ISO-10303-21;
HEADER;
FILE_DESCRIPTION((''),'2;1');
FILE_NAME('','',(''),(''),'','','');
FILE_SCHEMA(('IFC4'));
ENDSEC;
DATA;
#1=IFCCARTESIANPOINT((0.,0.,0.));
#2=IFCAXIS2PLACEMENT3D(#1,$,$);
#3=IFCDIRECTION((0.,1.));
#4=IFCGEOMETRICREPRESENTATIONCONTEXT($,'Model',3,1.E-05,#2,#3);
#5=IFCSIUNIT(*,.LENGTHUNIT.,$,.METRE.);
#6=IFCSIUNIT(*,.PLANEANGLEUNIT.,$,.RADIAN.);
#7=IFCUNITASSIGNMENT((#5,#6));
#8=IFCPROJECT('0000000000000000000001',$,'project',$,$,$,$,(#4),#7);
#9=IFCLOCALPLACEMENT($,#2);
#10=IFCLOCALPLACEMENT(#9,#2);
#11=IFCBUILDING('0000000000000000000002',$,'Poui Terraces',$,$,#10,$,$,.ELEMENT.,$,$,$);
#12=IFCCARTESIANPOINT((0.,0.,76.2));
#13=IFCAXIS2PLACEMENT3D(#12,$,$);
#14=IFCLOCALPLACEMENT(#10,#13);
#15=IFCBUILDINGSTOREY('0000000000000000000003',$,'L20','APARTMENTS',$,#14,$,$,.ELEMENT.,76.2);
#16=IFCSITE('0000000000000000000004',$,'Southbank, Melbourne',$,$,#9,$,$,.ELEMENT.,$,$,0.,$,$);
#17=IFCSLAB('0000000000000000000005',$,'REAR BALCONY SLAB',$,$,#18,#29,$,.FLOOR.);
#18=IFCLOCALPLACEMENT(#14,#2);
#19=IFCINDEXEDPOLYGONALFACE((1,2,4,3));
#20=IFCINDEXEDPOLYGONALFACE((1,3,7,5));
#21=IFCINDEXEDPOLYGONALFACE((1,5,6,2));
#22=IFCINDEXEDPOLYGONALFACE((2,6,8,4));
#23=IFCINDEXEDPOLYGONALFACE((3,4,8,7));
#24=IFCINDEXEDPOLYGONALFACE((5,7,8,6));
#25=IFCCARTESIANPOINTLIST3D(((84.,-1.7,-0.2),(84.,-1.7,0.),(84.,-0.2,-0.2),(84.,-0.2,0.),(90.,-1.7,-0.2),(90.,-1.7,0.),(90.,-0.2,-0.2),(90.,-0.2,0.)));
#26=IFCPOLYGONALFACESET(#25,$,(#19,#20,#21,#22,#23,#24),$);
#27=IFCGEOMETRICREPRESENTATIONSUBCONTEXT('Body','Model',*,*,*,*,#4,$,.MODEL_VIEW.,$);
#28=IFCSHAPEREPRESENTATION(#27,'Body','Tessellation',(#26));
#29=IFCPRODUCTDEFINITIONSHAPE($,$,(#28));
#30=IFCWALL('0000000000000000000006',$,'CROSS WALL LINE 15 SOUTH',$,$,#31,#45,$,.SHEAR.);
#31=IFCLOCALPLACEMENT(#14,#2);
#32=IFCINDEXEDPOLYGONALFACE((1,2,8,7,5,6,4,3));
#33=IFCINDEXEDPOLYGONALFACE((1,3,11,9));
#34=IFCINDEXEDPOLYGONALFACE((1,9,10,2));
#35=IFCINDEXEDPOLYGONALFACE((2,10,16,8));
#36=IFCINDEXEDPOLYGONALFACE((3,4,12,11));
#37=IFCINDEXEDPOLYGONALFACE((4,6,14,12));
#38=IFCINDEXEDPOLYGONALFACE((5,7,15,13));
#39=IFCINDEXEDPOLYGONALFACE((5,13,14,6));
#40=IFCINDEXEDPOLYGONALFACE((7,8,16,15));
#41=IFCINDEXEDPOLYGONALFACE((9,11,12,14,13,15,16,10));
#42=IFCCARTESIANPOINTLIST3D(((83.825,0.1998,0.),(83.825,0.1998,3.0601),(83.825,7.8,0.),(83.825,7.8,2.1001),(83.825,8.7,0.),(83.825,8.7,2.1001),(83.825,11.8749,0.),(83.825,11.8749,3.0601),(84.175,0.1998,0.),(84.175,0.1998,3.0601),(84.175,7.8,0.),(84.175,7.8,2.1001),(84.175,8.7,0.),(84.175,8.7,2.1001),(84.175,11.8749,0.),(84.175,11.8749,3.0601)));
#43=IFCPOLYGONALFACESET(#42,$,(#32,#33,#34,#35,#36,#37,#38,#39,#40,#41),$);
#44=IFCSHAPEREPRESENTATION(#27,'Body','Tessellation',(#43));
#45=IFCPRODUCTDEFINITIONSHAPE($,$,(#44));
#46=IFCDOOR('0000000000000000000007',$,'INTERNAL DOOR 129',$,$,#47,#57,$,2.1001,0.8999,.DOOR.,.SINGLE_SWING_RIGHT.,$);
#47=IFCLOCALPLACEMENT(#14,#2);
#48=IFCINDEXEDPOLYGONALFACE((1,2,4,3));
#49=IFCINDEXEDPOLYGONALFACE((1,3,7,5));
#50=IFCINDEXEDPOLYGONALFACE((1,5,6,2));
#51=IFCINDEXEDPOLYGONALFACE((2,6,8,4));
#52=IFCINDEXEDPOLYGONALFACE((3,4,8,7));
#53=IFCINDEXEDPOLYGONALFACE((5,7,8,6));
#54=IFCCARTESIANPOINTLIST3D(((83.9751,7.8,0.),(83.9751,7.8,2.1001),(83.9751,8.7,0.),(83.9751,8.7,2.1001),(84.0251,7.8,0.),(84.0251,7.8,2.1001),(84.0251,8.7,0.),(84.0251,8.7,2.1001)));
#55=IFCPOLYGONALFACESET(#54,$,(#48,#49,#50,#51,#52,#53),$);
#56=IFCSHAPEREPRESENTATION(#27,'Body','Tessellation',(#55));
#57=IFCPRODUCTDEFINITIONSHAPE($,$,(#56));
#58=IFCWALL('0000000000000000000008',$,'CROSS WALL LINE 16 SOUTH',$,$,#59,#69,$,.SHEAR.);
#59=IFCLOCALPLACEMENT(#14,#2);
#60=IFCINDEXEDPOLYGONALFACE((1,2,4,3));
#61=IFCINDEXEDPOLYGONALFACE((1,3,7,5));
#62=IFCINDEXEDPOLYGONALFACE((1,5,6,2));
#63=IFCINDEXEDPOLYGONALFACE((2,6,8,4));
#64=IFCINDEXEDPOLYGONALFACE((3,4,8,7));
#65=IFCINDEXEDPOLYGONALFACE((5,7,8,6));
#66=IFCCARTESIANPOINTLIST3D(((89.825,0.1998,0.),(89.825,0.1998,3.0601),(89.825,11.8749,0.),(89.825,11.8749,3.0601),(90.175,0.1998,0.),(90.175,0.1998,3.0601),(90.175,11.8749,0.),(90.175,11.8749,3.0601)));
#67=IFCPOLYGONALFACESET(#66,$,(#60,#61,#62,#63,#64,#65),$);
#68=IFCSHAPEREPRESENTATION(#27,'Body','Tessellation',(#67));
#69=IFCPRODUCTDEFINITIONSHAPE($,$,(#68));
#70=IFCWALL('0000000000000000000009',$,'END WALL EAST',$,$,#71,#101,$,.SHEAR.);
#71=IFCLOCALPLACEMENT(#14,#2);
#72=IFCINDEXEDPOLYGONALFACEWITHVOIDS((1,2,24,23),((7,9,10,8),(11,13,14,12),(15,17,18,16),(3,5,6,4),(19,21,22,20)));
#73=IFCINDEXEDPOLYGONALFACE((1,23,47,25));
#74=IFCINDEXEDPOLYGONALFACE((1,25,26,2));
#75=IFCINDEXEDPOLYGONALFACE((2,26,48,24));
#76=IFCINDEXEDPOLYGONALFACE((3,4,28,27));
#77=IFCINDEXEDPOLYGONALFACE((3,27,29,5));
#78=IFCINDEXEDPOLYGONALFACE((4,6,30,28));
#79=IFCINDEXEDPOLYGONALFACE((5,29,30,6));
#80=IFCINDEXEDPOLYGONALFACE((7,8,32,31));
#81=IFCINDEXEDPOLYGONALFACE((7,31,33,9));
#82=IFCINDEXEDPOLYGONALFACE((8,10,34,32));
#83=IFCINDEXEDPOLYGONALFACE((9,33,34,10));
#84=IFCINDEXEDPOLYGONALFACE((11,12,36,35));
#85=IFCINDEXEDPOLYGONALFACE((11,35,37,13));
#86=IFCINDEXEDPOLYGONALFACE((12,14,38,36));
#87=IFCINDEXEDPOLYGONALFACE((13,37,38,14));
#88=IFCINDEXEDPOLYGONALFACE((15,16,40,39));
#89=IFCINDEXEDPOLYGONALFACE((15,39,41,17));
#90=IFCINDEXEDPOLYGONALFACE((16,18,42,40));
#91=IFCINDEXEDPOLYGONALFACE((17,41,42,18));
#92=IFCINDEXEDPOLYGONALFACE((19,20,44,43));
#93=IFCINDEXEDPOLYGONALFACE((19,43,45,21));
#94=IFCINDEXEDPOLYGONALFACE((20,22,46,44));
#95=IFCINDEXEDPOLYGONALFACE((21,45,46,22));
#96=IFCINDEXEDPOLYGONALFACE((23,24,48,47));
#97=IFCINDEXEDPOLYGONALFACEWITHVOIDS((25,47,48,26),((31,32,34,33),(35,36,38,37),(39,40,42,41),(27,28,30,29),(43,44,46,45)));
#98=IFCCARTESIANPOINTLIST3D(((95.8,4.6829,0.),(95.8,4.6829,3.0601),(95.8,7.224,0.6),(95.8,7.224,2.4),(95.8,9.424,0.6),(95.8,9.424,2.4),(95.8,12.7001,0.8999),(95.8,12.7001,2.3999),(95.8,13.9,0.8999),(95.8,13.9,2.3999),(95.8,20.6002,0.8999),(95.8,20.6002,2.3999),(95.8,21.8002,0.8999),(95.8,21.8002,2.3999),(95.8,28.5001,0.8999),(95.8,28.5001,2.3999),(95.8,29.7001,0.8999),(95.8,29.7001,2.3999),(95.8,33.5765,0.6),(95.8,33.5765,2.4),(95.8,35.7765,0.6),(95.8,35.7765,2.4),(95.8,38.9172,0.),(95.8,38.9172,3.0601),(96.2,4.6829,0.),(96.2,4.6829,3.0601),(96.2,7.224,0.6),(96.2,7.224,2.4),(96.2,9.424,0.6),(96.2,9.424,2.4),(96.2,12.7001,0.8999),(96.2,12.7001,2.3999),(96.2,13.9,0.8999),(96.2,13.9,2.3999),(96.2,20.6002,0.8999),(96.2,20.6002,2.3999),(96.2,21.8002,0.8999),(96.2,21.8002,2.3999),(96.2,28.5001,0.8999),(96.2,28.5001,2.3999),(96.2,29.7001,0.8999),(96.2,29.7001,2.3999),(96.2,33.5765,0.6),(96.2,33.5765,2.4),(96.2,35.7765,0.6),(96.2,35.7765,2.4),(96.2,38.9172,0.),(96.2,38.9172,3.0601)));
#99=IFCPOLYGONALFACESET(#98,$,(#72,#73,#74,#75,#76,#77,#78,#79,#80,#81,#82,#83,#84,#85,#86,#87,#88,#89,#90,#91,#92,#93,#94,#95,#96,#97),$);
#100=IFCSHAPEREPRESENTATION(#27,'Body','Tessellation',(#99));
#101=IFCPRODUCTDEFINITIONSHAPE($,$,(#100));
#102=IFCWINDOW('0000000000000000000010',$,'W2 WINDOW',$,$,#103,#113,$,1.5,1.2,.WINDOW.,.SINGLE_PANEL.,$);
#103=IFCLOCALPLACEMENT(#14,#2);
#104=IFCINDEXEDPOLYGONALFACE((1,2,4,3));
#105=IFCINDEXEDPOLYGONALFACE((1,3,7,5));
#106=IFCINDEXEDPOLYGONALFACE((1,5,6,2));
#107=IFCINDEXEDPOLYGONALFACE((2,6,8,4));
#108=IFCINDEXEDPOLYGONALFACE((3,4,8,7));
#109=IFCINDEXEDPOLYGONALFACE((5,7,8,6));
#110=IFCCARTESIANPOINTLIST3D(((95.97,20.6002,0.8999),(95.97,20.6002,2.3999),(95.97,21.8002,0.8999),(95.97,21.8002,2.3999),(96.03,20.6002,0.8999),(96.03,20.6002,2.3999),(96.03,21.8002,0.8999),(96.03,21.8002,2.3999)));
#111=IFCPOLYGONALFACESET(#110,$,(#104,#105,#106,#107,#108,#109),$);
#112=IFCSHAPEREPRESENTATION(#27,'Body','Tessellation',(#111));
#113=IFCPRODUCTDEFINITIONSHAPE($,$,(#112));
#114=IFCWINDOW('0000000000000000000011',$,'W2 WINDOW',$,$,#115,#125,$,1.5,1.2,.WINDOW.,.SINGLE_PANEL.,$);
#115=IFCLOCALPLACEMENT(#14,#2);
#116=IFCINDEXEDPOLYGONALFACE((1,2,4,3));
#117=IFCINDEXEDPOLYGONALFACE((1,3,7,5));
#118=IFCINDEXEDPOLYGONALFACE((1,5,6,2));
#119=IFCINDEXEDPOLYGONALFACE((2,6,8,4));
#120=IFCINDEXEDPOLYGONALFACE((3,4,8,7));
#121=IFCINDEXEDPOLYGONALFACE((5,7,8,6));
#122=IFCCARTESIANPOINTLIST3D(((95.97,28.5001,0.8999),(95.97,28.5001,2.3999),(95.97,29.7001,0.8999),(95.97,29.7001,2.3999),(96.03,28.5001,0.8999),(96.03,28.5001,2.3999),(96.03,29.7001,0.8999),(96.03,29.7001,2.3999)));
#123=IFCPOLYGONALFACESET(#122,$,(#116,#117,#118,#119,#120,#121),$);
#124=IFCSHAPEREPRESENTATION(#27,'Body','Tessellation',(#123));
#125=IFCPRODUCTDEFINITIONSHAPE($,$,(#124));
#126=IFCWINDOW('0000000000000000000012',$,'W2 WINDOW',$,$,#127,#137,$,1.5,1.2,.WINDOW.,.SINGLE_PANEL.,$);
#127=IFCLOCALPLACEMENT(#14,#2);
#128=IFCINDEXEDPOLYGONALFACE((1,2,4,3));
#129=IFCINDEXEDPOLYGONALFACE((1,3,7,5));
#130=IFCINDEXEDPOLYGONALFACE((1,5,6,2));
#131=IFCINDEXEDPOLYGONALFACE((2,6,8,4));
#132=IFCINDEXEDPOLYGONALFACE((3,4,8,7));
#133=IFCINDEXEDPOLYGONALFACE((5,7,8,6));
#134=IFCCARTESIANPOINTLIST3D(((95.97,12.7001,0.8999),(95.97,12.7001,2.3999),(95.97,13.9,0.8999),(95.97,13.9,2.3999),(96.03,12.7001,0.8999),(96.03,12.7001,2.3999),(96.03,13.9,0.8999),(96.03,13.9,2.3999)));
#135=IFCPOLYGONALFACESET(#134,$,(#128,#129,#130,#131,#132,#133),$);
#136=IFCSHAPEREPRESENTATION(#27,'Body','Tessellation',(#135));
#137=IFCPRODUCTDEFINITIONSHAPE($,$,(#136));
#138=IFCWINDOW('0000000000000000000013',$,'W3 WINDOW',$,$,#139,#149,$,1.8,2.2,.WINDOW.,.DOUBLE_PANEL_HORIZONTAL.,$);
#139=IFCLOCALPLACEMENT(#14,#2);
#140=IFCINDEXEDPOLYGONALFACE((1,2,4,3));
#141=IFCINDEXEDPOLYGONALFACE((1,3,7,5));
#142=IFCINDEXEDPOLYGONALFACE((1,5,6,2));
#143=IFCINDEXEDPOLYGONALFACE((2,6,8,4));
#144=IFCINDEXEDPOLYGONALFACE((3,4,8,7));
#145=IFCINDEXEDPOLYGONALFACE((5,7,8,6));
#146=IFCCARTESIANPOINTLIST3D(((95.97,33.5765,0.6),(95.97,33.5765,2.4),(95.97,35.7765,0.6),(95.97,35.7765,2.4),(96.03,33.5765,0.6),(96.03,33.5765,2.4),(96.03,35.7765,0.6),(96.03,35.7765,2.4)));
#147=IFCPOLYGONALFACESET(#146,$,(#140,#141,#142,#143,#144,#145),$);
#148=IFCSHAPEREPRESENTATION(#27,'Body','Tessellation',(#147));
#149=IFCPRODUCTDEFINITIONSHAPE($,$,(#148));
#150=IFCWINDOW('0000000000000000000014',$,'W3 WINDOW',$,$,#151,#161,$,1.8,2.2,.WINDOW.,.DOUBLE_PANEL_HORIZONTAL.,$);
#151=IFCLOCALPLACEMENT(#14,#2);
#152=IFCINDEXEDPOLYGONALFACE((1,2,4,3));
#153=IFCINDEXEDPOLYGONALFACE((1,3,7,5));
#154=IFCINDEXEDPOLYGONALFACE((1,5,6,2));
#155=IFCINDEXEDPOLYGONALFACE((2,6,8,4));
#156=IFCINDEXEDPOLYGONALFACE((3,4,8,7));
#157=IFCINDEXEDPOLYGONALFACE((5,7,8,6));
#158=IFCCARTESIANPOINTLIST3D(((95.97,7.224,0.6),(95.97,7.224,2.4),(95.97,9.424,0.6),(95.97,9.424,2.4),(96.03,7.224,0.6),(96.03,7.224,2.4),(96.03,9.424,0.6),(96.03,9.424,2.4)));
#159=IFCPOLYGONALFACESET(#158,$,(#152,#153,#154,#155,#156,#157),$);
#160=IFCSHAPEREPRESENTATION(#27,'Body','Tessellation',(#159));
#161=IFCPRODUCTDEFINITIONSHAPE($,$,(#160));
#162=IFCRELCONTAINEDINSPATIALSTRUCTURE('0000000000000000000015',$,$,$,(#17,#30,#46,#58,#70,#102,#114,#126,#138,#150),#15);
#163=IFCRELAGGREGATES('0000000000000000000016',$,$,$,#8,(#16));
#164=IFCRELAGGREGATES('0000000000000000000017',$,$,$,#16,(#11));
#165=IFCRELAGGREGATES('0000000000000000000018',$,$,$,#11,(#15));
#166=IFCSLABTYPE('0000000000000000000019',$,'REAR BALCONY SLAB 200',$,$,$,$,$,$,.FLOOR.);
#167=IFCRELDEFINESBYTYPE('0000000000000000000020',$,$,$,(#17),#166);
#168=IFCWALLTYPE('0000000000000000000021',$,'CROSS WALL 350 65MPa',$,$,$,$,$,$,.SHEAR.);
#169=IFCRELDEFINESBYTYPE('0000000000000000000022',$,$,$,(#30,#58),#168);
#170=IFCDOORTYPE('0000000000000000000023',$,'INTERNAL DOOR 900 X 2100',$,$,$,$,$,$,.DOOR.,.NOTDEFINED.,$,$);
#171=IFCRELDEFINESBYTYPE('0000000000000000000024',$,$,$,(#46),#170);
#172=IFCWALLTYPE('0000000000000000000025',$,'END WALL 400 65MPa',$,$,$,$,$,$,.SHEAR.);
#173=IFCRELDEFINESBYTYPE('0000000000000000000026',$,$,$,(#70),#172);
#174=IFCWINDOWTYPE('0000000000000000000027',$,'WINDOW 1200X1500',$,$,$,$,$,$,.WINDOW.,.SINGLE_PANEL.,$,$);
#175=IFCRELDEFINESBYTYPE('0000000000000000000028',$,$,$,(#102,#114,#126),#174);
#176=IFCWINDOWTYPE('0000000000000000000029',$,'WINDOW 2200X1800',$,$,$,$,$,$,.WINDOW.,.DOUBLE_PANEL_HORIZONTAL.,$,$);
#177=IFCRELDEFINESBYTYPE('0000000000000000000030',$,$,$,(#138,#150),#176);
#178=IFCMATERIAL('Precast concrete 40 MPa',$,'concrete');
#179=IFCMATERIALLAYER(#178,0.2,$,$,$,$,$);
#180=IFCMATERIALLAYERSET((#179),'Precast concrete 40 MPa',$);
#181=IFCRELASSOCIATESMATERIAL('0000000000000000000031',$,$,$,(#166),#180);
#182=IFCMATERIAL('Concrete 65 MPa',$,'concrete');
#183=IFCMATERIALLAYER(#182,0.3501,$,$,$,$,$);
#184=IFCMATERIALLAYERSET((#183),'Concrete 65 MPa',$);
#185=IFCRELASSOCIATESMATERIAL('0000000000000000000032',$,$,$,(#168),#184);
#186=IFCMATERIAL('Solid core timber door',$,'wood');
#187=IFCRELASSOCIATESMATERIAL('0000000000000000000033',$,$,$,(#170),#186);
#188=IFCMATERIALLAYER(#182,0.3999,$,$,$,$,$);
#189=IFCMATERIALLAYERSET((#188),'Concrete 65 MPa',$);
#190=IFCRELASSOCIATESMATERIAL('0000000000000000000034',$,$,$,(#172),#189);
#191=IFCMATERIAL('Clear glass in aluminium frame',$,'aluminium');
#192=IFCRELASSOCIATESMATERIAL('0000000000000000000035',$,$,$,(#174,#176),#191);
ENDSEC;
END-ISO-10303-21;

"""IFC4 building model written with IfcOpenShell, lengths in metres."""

from ifc_helpers import new_model, si_unit, direction, frame, frame_2d, origin, place, context, subcontext, project, spatial, polyline, rectangle, outline, extrude, source, transform, mapped, material, layer, layer_set, type_object, element, fill, save


model = new_model("IFC4")

# Units and contexts
model_context = context("Model", 3, precision=1e-05, world=origin(), true_north=direction((0.0, 1.0)))
body_context = subcontext(model_context, "Body", "Model", "MODEL_VIEW")
ifc_project = project(units=[si_unit("LENGTHUNIT", "METRE"), si_unit("PLANEANGLEUNIT", "RADIAN")], contexts=[model_context])

# Site, building, storey
site_placement = place(None, origin())
site = spatial("IfcSite", under=ifc_project, at=site_placement, Name="Southbank, Melbourne", CompositionType="ELEMENT", RefElevation=0.0)
building_placement = place(site_placement, origin())
building = spatial("IfcBuilding", under=site, at=building_placement, Name="Poui Terraces", CompositionType="ELEMENT")
storey_placement = place(building_placement, frame((0.0, 0.0, 76.2)))
storey = spatial("IfcBuildingStorey", under=building, at=storey_placement, Name="L20", Description="APARTMENTS", CompositionType="ELEMENT", Elevation=76.2)

# Slab
ifc_material_1 = material(Name="Precast concrete 40 MPa", Category="concrete")
ifc_layer_1 = layer(ifc_material_1, 0.2)
ifc_layer_set_1 = layer_set([ifc_layer_1], Name="Precast concrete 40 MPa")
slab_type = type_object("IfcSlabType", Name="REAR BALCONY SLAB 200", PredefinedType="FLOOR", material=ifc_layer_set_1)
shared_shape_1 = source(origin(), body_context, "Body", "SweptSolid", [
    extrude(outline(polyline([(0.0, 0.0), (6.0, 0.0), (6.0, 1.5), (0.0, 1.5), (0.0, 0.0)])), origin(), (0.0, 0.0, 1.0), 0.2),
])
slab_placement = place(storey_placement, frame((84.0, -1.7, -0.2)))
element("IfcSlab", 1, at=slab_placement, inside=storey, type_object=slab_type, Name="REAR BALCONY SLAB", PredefinedType="FLOOR", context=body_context, shape_type="MappedRepresentation", body=[
    mapped(shared_shape_1, transform((0.0, 0.0, 0.0))),
])

# Wall, opening, door
ifc_material_2 = material(Name="Concrete 65 MPa", Category="concrete")
ifc_layer_2 = layer(ifc_material_2, 0.3501)
ifc_layer_set_2 = layer_set([ifc_layer_2], Name="Concrete 65 MPa")
wall_type_1 = type_object("IfcWallType", Name="CROSS WALL 350 65MPa", PredefinedType="SHEAR", material=ifc_layer_set_2)
wall_1_placement = place(storey_placement, frame((84.0, 0.2, 0.0), z_axis=(0.0, 0.0, 1.0), x_axis=(0.0, 1.0, 0.0)))
wall_1 = element("IfcWall", 2, at=wall_1_placement, inside=storey, type_object=wall_type_1, Name="CROSS WALL LINE 15 SOUTH", PredefinedType="SHEAR", context=body_context, shape_type="SweptSolid", body=[
    extrude(rectangle(XDim=11.675, YDim=0.3501, at=frame_2d((5.8374, 0.0))), origin(), (0.0, 0.0, 1.0), 3.0601),
])
opening_1_placement = place(wall_1_placement, frame((7.6001, 0.0, 0.0)))
opening_1 = element("IfcOpeningElement", 3, at=opening_1_placement, cuts=wall_1, PredefinedType="OPENING", context=body_context, shape_type="SweptSolid", body=[
    extrude(rectangle(XDim=0.8999, YDim=2.1001, at=frame_2d((0.45, 1.05))), frame((0.0, 0.1851, 0.0), z_axis=(0.0, -1.0, 0.0), x_axis=(1.0, 0.0, 0.0)), (0.0, 0.0, 1.0), 0.3701),
])
ifc_material_3 = material(Name="Solid core timber door", Category="wood")
door_type_1 = type_object("IfcDoorType", Name="INTERNAL DOOR 900 X 2100", OperationType="NOTDEFINED", PredefinedType="DOOR", material=ifc_material_3)
door_1_placement = place(opening_1_placement, origin())
door_1 = element("IfcDoor", 4, at=door_1_placement, inside=storey, type_object=door_type_1, Name="INTERNAL DOOR 129", OperationType="SINGLE_SWING_RIGHT", OverallHeight=2.1001, OverallWidth=0.8999, PredefinedType="DOOR", context=body_context, shape_type="SweptSolid", body=[
    extrude(rectangle(XDim=0.8999, YDim=2.1001, at=frame_2d((0.45, 1.05))), frame((0.0, 0.0249, 0.0), z_axis=(0.0, -1.0, 0.0), x_axis=(1.0, 0.0, 0.0)), (0.0, 0.0, 1.0), 0.05),
])
fill(opening_1, door_1)

# Wall
wall_2_placement = place(storey_placement, frame((90.0, 0.2, 0.0), z_axis=(0.0, 0.0, 1.0), x_axis=(0.0, 1.0, 0.0)))
element("IfcWall", 5, at=wall_2_placement, inside=storey, type_object=wall_type_1, Name="CROSS WALL LINE 16 SOUTH", PredefinedType="SHEAR", context=body_context, shape_type="SweptSolid", body=[
    extrude(rectangle(XDim=11.675, YDim=0.3501, at=frame_2d((5.8374, 0.0))), origin(), (0.0, 0.0, 1.0), 3.0601),
])

# Wall, openings, windows
ifc_layer_3 = layer(ifc_material_2, 0.3999)
ifc_layer_set_3 = layer_set([ifc_layer_3], Name="Concrete 65 MPa")
wall_type_2 = type_object("IfcWallType", Name="END WALL 400 65MPa", PredefinedType="SHEAR", material=ifc_layer_set_3)
wall_3_placement = place(storey_placement, frame((96.0, 4.6829, 0.0), z_axis=(0.0, 0.0, 1.0), x_axis=(0.0, 1.0, 0.0)))
wall_3 = element("IfcWall", 6, at=wall_3_placement, inside=storey, type_object=wall_type_2, Name="END WALL EAST", PredefinedType="SHEAR", context=body_context, shape_type="SweptSolid", body=[
    extrude(rectangle(XDim=34.2344, YDim=0.3999, at=frame_2d((17.1172, 0.0))), origin(), (0.0, 0.0, 1.0), 3.0601),
])
opening_2_placement = place(wall_3_placement, frame((15.9172, 0.0, 0.8999)))
opening_2 = element("IfcOpeningElement", 7, at=opening_2_placement, cuts=wall_3, PredefinedType="OPENING", context=body_context, shape_type="SweptSolid", body=[
    extrude(rectangle(XDim=1.2, YDim=1.5, at=frame_2d((0.6001, 0.75))), frame((0.0, 0.21, 0.0), z_axis=(0.0, -1.0, 0.0), x_axis=(1.0, 0.0, 0.0)), (0.0, 0.0, 1.0), 0.4199),
])
opening_3_placement = place(wall_3_placement, frame((23.8171, 0.0, 0.8999)))
opening_3 = element("IfcOpeningElement", 8, at=opening_3_placement, cuts=wall_3, PredefinedType="OPENING", context=body_context, shape_type="SweptSolid", body=[
    extrude(rectangle(XDim=1.2, YDim=1.5, at=frame_2d((0.6001, 0.75))), frame((0.0, 0.21, 0.0), z_axis=(0.0, -1.0, 0.0), x_axis=(1.0, 0.0, 0.0)), (0.0, 0.0, 1.0), 0.4199),
])
opening_4_placement = place(wall_3_placement, frame((8.0171, 0.0, 0.8999)))
opening_4 = element("IfcOpeningElement", 9, at=opening_4_placement, cuts=wall_3, PredefinedType="OPENING", context=body_context, shape_type="SweptSolid", body=[
    extrude(rectangle(XDim=1.2, YDim=1.5, at=frame_2d((0.6001, 0.75))), frame((0.0, 0.21, 0.0), z_axis=(0.0, -1.0, 0.0), x_axis=(1.0, 0.0, 0.0)), (0.0, 0.0, 1.0), 0.4199),
])
opening_5_placement = place(wall_3_placement, frame((28.8936, 0.0, 0.6001)))
opening_5 = element("IfcOpeningElement", 10, at=opening_5_placement, cuts=wall_3, PredefinedType="OPENING", context=body_context, shape_type="SweptSolid", body=[
    extrude(rectangle(XDim=2.2, YDim=1.8, at=frame_2d((1.1001, 0.8999))), frame((0.0, 0.21, 0.0), z_axis=(0.0, -1.0, 0.0), x_axis=(1.0, 0.0, 0.0)), (0.0, 0.0, 1.0), 0.4199),
])
opening_6_placement = place(wall_3_placement, frame((2.541, 0.0, 0.6001)))
opening_6 = element("IfcOpeningElement", 11, at=opening_6_placement, cuts=wall_3, PredefinedType="OPENING", context=body_context, shape_type="SweptSolid", body=[
    extrude(rectangle(XDim=2.2, YDim=1.8, at=frame_2d((1.1001, 0.8999))), frame((0.0, 0.21, 0.0), z_axis=(0.0, -1.0, 0.0), x_axis=(1.0, 0.0, 0.0)), (0.0, 0.0, 1.0), 0.4199),
])
ifc_material_4 = material(Name="Clear glass in aluminium frame", Category="aluminium")
window_type_1 = type_object("IfcWindowType", Name="WINDOW 1200X1500", PartitioningType="SINGLE_PANEL", PredefinedType="WINDOW", material=ifc_material_4)
window_1_placement = place(opening_2_placement, origin())
window_1 = element("IfcWindow", 12, at=window_1_placement, inside=storey, type_object=window_type_1, Name="W2 WINDOW", OverallHeight=1.5, OverallWidth=1.2, PartitioningType="SINGLE_PANEL", PredefinedType="WINDOW", context=body_context, shape_type="SweptSolid", body=[
    extrude(rectangle(XDim=1.2, YDim=1.5, at=frame_2d((0.6001, 0.75))), frame((0.0, 0.03, 0.0), z_axis=(0.0, -1.0, 0.0), x_axis=(1.0, 0.0, 0.0)), (0.0, 0.0, 1.0), 0.0601),
])
fill(opening_2, window_1)
window_2_placement = place(opening_3_placement, origin())
window_2 = element("IfcWindow", 13, at=window_2_placement, inside=storey, type_object=window_type_1, Name="W2 WINDOW", OverallHeight=1.5, OverallWidth=1.2, PartitioningType="SINGLE_PANEL", PredefinedType="WINDOW", context=body_context, shape_type="SweptSolid", body=[
    extrude(rectangle(XDim=1.2, YDim=1.5, at=frame_2d((0.6001, 0.75))), frame((0.0, 0.03, 0.0), z_axis=(0.0, -1.0, 0.0), x_axis=(1.0, 0.0, 0.0)), (0.0, 0.0, 1.0), 0.0601),
])
fill(opening_3, window_2)
window_3_placement = place(opening_4_placement, origin())
window_3 = element("IfcWindow", 14, at=window_3_placement, inside=storey, type_object=window_type_1, Name="W2 WINDOW", OverallHeight=1.5, OverallWidth=1.2, PartitioningType="SINGLE_PANEL", PredefinedType="WINDOW", context=body_context, shape_type="SweptSolid", body=[
    extrude(rectangle(XDim=1.2, YDim=1.5, at=frame_2d((0.6001, 0.75))), frame((0.0, 0.03, 0.0), z_axis=(0.0, -1.0, 0.0), x_axis=(1.0, 0.0, 0.0)), (0.0, 0.0, 1.0), 0.0601),
])
fill(opening_4, window_3)
window_type_2 = type_object("IfcWindowType", Name="WINDOW 2200X1800", PartitioningType="DOUBLE_PANEL_HORIZONTAL", PredefinedType="WINDOW", material=ifc_material_4)
window_4_placement = place(opening_5_placement, origin())
window_4 = element("IfcWindow", 15, at=window_4_placement, inside=storey, type_object=window_type_2, Name="W3 WINDOW", OverallHeight=1.8, OverallWidth=2.2, PartitioningType="DOUBLE_PANEL_HORIZONTAL", PredefinedType="WINDOW", context=body_context, shape_type="SweptSolid", body=[
    extrude(rectangle(XDim=2.2, YDim=1.8, at=frame_2d((1.1001, 0.8999))), frame((0.0, 0.03, 0.0), z_axis=(0.0, -1.0, 0.0), x_axis=(1.0, 0.0, 0.0)), (0.0, 0.0, 1.0), 0.0601),
])
fill(opening_5, window_4)
window_5_placement = place(opening_6_placement, origin())
window_5 = element("IfcWindow", 16, at=window_5_placement, inside=storey, type_object=window_type_2, Name="W3 WINDOW", OverallHeight=1.8, OverallWidth=2.2, PartitioningType="DOUBLE_PANEL_HORIZONTAL", PredefinedType="WINDOW", context=body_context, shape_type="SweptSolid", body=[
    extrude(rectangle(XDim=2.2, YDim=1.8, at=frame_2d((1.1001, 0.8999))), frame((0.0, 0.03, 0.0), z_axis=(0.0, -1.0, 0.0), x_axis=(1.0, 0.0, 0.0)), (0.0, 0.0, 1.0), 0.0601),
])
fill(opening_6, window_5)

save(model, "model.ifc")
